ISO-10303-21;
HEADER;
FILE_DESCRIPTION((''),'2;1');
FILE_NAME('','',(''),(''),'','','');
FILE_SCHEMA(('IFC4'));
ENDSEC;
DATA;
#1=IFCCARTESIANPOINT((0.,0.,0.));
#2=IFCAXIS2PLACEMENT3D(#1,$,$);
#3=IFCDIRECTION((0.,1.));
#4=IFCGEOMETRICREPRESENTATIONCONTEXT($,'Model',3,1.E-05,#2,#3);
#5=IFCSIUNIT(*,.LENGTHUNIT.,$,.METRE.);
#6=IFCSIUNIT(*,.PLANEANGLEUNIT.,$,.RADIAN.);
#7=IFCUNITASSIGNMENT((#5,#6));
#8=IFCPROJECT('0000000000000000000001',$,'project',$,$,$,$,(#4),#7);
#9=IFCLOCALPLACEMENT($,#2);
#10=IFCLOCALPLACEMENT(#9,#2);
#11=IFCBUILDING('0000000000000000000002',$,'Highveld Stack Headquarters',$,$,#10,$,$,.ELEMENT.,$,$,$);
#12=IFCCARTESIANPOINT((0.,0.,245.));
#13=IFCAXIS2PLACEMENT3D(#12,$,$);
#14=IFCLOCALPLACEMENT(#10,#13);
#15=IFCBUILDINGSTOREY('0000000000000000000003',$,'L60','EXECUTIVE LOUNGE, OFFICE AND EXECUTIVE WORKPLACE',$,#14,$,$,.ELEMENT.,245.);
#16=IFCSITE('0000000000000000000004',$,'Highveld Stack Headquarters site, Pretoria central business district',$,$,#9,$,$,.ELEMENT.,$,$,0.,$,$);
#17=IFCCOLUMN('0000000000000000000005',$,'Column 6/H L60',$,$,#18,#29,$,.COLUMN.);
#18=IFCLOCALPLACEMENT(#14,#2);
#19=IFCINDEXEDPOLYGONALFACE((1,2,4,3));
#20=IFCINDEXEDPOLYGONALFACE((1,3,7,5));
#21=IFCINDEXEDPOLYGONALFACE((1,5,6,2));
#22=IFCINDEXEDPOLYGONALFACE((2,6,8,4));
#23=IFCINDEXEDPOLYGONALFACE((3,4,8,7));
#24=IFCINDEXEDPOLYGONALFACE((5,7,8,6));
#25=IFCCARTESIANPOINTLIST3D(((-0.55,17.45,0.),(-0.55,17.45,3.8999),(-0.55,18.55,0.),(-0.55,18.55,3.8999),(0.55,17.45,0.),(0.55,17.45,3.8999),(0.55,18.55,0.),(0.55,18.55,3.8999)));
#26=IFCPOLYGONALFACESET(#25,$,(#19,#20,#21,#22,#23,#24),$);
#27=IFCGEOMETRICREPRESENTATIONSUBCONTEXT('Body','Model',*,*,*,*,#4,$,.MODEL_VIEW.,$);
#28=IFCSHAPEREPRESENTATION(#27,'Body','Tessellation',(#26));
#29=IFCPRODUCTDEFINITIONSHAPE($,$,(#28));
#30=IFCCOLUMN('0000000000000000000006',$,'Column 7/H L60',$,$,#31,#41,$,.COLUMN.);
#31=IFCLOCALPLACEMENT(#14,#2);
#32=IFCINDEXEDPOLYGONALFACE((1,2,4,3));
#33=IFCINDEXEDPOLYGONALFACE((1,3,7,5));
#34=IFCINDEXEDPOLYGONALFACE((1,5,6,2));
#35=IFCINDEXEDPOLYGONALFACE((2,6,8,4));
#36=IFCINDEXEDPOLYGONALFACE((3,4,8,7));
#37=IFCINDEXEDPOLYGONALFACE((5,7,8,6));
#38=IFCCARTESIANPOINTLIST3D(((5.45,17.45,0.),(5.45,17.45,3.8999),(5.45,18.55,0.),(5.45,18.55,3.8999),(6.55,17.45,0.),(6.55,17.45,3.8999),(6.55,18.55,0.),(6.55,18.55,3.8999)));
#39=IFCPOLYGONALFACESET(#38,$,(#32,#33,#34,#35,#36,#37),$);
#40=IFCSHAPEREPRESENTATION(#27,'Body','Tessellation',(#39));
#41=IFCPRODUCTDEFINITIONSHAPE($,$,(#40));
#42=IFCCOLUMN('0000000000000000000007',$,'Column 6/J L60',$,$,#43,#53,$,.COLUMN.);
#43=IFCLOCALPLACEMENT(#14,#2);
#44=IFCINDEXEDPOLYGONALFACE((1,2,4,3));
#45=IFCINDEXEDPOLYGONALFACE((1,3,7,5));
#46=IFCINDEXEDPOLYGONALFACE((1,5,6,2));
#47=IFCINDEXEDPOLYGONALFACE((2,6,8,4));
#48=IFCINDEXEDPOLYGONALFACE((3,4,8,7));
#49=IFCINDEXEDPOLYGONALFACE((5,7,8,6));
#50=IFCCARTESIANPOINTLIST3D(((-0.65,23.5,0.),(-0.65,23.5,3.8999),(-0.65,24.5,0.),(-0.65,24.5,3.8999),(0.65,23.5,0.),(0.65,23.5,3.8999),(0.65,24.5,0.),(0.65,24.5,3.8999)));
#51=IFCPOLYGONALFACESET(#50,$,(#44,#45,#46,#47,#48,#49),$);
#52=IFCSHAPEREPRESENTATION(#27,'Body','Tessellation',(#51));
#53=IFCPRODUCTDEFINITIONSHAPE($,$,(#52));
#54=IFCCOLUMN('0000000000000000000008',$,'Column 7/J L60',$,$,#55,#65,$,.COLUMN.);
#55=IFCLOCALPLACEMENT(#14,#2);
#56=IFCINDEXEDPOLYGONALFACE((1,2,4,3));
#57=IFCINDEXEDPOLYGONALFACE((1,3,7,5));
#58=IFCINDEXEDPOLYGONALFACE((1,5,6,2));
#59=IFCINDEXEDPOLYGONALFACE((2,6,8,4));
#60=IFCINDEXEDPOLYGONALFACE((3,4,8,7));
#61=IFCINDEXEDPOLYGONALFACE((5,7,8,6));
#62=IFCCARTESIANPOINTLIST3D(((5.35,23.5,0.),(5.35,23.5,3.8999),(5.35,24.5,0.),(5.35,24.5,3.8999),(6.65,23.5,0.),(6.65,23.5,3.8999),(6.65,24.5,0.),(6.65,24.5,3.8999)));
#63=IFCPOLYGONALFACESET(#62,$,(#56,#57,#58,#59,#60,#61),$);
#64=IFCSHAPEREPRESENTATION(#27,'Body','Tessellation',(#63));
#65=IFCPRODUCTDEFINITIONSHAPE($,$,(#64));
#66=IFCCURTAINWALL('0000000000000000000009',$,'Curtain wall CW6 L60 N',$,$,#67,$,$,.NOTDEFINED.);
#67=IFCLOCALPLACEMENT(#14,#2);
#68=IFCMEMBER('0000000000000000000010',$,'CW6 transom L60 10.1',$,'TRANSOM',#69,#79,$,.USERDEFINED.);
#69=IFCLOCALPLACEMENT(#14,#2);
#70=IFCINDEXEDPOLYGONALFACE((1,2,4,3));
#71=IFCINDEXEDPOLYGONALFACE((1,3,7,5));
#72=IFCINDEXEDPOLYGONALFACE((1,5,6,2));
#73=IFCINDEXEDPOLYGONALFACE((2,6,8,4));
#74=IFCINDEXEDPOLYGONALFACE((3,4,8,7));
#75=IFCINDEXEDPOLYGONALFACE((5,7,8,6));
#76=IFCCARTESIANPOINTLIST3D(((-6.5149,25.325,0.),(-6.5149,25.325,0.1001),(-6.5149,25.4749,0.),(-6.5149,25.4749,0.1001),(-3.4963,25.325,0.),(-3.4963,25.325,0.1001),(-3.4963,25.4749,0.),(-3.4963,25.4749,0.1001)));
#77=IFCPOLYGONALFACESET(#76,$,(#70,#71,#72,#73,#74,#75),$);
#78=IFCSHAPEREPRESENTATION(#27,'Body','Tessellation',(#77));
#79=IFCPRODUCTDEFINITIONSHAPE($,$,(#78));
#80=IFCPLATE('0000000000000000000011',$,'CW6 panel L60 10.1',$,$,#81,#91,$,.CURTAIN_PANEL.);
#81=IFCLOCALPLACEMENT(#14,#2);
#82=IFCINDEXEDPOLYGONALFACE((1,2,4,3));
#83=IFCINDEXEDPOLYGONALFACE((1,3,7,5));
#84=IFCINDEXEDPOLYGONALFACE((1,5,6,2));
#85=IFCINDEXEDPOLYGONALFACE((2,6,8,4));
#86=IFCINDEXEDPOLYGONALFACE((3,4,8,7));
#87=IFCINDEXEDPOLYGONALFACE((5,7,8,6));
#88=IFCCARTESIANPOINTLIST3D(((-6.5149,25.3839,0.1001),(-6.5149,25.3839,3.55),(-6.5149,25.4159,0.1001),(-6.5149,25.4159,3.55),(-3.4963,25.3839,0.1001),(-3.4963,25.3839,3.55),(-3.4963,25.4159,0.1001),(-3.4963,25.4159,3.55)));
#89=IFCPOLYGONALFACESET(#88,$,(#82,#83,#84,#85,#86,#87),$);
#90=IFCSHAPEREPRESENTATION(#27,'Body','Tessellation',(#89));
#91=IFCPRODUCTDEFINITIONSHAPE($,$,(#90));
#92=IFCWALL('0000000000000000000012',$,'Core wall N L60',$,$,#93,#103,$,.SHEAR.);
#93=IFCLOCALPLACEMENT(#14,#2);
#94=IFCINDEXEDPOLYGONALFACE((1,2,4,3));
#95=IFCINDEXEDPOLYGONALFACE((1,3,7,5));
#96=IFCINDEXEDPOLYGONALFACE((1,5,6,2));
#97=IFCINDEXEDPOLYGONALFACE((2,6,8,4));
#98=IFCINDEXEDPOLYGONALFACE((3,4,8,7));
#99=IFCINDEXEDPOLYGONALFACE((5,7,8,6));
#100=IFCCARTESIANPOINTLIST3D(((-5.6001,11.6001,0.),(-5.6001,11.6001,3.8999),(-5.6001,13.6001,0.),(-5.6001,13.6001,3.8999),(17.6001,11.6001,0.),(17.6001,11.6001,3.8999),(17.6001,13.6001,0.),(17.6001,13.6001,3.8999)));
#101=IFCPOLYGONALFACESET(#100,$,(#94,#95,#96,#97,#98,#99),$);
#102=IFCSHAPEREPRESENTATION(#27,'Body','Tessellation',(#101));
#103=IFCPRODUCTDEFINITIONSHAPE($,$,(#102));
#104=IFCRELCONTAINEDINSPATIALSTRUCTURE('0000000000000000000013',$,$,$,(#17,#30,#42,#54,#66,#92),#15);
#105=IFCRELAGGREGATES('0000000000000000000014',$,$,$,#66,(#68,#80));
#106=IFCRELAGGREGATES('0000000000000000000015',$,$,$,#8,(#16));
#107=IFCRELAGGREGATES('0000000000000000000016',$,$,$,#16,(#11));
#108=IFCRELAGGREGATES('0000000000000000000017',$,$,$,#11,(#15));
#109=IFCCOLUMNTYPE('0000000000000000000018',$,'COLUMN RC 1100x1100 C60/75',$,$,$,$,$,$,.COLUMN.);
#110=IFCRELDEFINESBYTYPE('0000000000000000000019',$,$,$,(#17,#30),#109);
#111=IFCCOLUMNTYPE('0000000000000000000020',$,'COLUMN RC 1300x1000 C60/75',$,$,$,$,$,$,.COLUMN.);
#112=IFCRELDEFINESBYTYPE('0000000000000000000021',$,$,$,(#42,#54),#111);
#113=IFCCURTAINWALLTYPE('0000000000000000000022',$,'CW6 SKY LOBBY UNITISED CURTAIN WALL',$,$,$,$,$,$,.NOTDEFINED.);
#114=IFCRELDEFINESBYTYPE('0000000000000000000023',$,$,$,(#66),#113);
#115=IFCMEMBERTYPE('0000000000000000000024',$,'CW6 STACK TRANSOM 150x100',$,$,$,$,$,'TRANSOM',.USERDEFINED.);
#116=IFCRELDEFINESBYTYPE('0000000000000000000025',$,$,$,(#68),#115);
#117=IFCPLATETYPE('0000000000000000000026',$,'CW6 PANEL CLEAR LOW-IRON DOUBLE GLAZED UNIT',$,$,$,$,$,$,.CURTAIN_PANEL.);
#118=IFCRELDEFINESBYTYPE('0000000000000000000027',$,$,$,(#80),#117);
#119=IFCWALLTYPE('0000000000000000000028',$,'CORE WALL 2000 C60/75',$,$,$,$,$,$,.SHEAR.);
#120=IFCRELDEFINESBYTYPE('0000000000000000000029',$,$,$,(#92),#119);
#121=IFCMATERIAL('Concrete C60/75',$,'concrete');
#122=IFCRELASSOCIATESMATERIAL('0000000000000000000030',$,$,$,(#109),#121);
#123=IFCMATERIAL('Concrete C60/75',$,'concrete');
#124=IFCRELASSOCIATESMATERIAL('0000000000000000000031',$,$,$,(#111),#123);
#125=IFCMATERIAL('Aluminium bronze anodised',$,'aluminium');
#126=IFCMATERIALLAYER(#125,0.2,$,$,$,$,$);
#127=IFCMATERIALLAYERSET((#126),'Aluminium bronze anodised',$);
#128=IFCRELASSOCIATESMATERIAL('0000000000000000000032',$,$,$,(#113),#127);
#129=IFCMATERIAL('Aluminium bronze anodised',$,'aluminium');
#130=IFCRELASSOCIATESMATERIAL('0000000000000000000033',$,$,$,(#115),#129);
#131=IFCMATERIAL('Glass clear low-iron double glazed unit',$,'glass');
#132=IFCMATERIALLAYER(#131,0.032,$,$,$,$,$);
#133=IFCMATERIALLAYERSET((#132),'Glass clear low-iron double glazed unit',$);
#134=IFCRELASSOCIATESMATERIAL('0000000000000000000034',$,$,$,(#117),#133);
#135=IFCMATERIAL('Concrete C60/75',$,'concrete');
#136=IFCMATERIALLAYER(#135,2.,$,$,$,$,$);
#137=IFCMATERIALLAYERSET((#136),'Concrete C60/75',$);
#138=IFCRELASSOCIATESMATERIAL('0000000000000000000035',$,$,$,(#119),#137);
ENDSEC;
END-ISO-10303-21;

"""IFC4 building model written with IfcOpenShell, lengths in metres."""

from ifc_helpers import new_model, si_unit, direction, frame, frame_2d, origin, origin_2d, place, context, subcontext, project, spatial, rectangle, extrude, material, layer, layer_set, material_profile, profile_set, type_object, element, aggregate, save


model = new_model("IFC4")

# Units and contexts
model_context = context("Model", 3, precision=1e-05, world=origin(), true_north=direction((0.0, 1.0)))
body_context = subcontext(model_context, "Body", "Model", "MODEL_VIEW")
ifc_project = project(units=[si_unit("LENGTHUNIT", "METRE"), si_unit("PLANEANGLEUNIT", "RADIAN")], contexts=[model_context])

# Site, building, storey
site_placement = place(None, origin())
site = spatial("IfcSite", under=ifc_project, at=site_placement, Name="Highveld Stack Headquarters site, Pretoria central business district", CompositionType="ELEMENT", RefElevation=0.0)
building_placement = place(site_placement, origin())
building = spatial("IfcBuilding", under=site, at=building_placement, Name="Highveld Stack Headquarters", CompositionType="ELEMENT")
storey_placement = place(building_placement, frame((0.0, 0.0, 245.0)))
storey = spatial("IfcBuildingStorey", under=building, at=storey_placement, Name="L60", Description="EXECUTIVE LOUNGE, OFFICE AND EXECUTIVE WORKPLACE", CompositionType="ELEMENT", Elevation=245.0)

# Columns
ifc_material_1 = material(Name="Concrete C60/75", Category="concrete")
ifc_material_profile_1 = material_profile(ifc_material_1, rectangle(XDim=1.1001, YDim=1.1001, at=origin_2d()), Name="RC 1100x1100")
ifc_profile_set_1 = profile_set([ifc_material_profile_1], Name="Concrete C60/75")
column_type_1 = type_object("IfcColumnType", Name="COLUMN RC 1100x1100 C60/75", PredefinedType="COLUMN", material=ifc_profile_set_1)
for number, where, z_axis, x_axis, name in (
    (1, (0.0, 18.0, 0.0), (0.0, 0.0, 1.0), (1.0, 0.0, 0.0), "Column 6/H L60"),
    (2, (6.0, 18.0, 0.0), (0.0, 0.0, 1.0), (1.0, 0.0, 0.0), "Column 7/H L60"),
):
    element("IfcColumn", number, at=place(storey_placement, frame(where, z_axis=z_axis, x_axis=x_axis)), inside=storey, type_object=column_type_1, Name=name, PredefinedType="COLUMN", context=body_context, shape_type="SweptSolid", body=[
        extrude(rectangle(XDim=1.1001, YDim=1.1001, at=origin_2d()), origin(), (0.0, 0.0, 1.0), 3.8999),
    ])
ifc_material_2 = material(Name="Concrete C60/75", Category="concrete")
ifc_material_profile_2 = material_profile(ifc_material_2, rectangle(XDim=1.3, YDim=1.0, at=origin_2d()), Name="RC 1300x1000")
ifc_profile_set_2 = profile_set([ifc_material_profile_2], Name="Concrete C60/75")
column_type_2 = type_object("IfcColumnType", Name="COLUMN RC 1300x1000 C60/75", PredefinedType="COLUMN", material=ifc_profile_set_2)
for number, where, z_axis, x_axis, name in (
    (3, (0.0, 24.0, 0.0), (0.0, 0.0, 1.0), (1.0, 0.0, 0.0), "Column 6/J L60"),
    (4, (6.0, 24.0, 0.0), (0.0, 0.0, 1.0), (1.0, 0.0, 0.0), "Column 7/J L60"),
):
    element("IfcColumn", number, at=place(storey_placement, frame(where, z_axis=z_axis, x_axis=x_axis)), inside=storey, type_object=column_type_2, Name=name, PredefinedType="COLUMN", context=body_context, shape_type="SweptSolid", body=[
        extrude(rectangle(XDim=1.3, YDim=1.0, at=origin_2d()), origin(), (0.0, 0.0, 1.0), 3.8999),
    ])

# Curtain wall, member, plate
ifc_material_3 = material(Name="Aluminium bronze anodised", Category="aluminium")
ifc_layer_1 = layer(ifc_material_3, 0.2)
ifc_layer_set_1 = layer_set([ifc_layer_1], Name="Aluminium bronze anodised")
curtain_wall_type = type_object("IfcCurtainWallType", Name="CW6 SKY LOBBY UNITISED CURTAIN WALL", PredefinedType="NOTDEFINED", material=ifc_layer_set_1)
curtain_wall_placement = place(storey_placement, origin())
curtain_wall = element("IfcCurtainWall", 5, at=curtain_wall_placement, inside=storey, type_object=curtain_wall_type, Name="Curtain wall CW6 L60 N", PredefinedType="NOTDEFINED")
ifc_material_4 = material(Name="Aluminium bronze anodised", Category="aluminium")
ifc_material_profile_3 = material_profile(ifc_material_4, rectangle(XDim=0.1499, YDim=0.1001, at=origin_2d()), Name="CW6 TRANSOM 150x100")
ifc_profile_set_3 = profile_set([ifc_material_profile_3], Name="Aluminium bronze anodised")
member_type = type_object("IfcMemberType", Name="CW6 STACK TRANSOM 150x100", ElementType="TRANSOM", PredefinedType="USERDEFINED", material=ifc_profile_set_3)
member_placement = place(storey_placement, frame((-3.4963, 25.3999, 0.05), z_axis=(-1.0, 0.0, 0.0), x_axis=(0.0, -1.0, 0.0)))
member = element("IfcMember", 6, at=member_placement, type_object=member_type, Name="CW6 transom L60 10.1", ObjectType="TRANSOM", PredefinedType="USERDEFINED", context=body_context, shape_type="SweptSolid", body=[
    extrude(rectangle(XDim=0.1499, YDim=0.1001, at=origin_2d()), origin(), (0.0, 0.0, 1.0), 3.0186),
])
ifc_material_5 = material(Name="Glass clear low-iron double glazed unit", Category="glass")
ifc_layer_2 = layer(ifc_material_5, 0.032)
ifc_layer_set_2 = layer_set([ifc_layer_2], Name="Glass clear low-iron double glazed unit")
plate_type = type_object("IfcPlateType", Name="CW6 PANEL CLEAR LOW-IRON DOUBLE GLAZED UNIT", PredefinedType="CURTAIN_PANEL", material=ifc_layer_set_2)
plate_placement = place(storey_placement, frame((-5.0056, 25.3999, 0.1001), z_axis=(0.0, 0.0, 1.0), x_axis=(-1.0, 0.0, 0.0)))
plate = element("IfcPlate", 7, at=plate_placement, type_object=plate_type, Name="CW6 panel L60 10.1", PredefinedType="CURTAIN_PANEL", context=body_context, shape_type="SweptSolid", body=[
    extrude(rectangle(XDim=3.0186, YDim=0.032, at=origin_2d()), origin(), (0.0, 0.0, 1.0), 3.45),
])
aggregate(curtain_wall, [member, plate])

# Wall
ifc_material_6 = material(Name="Concrete C60/75", Category="concrete")
ifc_layer_3 = layer(ifc_material_6, 2.0)
ifc_layer_set_3 = layer_set([ifc_layer_3], Name="Concrete C60/75")
wall_type_1 = type_object("IfcWallType", Name="CORE WALL 2000 C60/75", PredefinedType="SHEAR", material=ifc_layer_set_3)
wall_1_placement = place(storey_placement, frame((-5.6001, 12.6001, 0.0), z_axis=(0.0, 0.0, 1.0), x_axis=(1.0, 0.0, 0.0)))
element("IfcWall", 8, at=wall_1_placement, inside=storey, type_object=wall_type_1, Name="Core wall N L60", PredefinedType="SHEAR", context=body_context, shape_type="SweptSolid", body=[
    extrude(rectangle(XDim=23.2002, YDim=2.0, at=frame_2d((11.6001, 0.0))), origin(), (0.0, 0.0, 1.0), 3.8999),
])

save(model, "model.ifc")
